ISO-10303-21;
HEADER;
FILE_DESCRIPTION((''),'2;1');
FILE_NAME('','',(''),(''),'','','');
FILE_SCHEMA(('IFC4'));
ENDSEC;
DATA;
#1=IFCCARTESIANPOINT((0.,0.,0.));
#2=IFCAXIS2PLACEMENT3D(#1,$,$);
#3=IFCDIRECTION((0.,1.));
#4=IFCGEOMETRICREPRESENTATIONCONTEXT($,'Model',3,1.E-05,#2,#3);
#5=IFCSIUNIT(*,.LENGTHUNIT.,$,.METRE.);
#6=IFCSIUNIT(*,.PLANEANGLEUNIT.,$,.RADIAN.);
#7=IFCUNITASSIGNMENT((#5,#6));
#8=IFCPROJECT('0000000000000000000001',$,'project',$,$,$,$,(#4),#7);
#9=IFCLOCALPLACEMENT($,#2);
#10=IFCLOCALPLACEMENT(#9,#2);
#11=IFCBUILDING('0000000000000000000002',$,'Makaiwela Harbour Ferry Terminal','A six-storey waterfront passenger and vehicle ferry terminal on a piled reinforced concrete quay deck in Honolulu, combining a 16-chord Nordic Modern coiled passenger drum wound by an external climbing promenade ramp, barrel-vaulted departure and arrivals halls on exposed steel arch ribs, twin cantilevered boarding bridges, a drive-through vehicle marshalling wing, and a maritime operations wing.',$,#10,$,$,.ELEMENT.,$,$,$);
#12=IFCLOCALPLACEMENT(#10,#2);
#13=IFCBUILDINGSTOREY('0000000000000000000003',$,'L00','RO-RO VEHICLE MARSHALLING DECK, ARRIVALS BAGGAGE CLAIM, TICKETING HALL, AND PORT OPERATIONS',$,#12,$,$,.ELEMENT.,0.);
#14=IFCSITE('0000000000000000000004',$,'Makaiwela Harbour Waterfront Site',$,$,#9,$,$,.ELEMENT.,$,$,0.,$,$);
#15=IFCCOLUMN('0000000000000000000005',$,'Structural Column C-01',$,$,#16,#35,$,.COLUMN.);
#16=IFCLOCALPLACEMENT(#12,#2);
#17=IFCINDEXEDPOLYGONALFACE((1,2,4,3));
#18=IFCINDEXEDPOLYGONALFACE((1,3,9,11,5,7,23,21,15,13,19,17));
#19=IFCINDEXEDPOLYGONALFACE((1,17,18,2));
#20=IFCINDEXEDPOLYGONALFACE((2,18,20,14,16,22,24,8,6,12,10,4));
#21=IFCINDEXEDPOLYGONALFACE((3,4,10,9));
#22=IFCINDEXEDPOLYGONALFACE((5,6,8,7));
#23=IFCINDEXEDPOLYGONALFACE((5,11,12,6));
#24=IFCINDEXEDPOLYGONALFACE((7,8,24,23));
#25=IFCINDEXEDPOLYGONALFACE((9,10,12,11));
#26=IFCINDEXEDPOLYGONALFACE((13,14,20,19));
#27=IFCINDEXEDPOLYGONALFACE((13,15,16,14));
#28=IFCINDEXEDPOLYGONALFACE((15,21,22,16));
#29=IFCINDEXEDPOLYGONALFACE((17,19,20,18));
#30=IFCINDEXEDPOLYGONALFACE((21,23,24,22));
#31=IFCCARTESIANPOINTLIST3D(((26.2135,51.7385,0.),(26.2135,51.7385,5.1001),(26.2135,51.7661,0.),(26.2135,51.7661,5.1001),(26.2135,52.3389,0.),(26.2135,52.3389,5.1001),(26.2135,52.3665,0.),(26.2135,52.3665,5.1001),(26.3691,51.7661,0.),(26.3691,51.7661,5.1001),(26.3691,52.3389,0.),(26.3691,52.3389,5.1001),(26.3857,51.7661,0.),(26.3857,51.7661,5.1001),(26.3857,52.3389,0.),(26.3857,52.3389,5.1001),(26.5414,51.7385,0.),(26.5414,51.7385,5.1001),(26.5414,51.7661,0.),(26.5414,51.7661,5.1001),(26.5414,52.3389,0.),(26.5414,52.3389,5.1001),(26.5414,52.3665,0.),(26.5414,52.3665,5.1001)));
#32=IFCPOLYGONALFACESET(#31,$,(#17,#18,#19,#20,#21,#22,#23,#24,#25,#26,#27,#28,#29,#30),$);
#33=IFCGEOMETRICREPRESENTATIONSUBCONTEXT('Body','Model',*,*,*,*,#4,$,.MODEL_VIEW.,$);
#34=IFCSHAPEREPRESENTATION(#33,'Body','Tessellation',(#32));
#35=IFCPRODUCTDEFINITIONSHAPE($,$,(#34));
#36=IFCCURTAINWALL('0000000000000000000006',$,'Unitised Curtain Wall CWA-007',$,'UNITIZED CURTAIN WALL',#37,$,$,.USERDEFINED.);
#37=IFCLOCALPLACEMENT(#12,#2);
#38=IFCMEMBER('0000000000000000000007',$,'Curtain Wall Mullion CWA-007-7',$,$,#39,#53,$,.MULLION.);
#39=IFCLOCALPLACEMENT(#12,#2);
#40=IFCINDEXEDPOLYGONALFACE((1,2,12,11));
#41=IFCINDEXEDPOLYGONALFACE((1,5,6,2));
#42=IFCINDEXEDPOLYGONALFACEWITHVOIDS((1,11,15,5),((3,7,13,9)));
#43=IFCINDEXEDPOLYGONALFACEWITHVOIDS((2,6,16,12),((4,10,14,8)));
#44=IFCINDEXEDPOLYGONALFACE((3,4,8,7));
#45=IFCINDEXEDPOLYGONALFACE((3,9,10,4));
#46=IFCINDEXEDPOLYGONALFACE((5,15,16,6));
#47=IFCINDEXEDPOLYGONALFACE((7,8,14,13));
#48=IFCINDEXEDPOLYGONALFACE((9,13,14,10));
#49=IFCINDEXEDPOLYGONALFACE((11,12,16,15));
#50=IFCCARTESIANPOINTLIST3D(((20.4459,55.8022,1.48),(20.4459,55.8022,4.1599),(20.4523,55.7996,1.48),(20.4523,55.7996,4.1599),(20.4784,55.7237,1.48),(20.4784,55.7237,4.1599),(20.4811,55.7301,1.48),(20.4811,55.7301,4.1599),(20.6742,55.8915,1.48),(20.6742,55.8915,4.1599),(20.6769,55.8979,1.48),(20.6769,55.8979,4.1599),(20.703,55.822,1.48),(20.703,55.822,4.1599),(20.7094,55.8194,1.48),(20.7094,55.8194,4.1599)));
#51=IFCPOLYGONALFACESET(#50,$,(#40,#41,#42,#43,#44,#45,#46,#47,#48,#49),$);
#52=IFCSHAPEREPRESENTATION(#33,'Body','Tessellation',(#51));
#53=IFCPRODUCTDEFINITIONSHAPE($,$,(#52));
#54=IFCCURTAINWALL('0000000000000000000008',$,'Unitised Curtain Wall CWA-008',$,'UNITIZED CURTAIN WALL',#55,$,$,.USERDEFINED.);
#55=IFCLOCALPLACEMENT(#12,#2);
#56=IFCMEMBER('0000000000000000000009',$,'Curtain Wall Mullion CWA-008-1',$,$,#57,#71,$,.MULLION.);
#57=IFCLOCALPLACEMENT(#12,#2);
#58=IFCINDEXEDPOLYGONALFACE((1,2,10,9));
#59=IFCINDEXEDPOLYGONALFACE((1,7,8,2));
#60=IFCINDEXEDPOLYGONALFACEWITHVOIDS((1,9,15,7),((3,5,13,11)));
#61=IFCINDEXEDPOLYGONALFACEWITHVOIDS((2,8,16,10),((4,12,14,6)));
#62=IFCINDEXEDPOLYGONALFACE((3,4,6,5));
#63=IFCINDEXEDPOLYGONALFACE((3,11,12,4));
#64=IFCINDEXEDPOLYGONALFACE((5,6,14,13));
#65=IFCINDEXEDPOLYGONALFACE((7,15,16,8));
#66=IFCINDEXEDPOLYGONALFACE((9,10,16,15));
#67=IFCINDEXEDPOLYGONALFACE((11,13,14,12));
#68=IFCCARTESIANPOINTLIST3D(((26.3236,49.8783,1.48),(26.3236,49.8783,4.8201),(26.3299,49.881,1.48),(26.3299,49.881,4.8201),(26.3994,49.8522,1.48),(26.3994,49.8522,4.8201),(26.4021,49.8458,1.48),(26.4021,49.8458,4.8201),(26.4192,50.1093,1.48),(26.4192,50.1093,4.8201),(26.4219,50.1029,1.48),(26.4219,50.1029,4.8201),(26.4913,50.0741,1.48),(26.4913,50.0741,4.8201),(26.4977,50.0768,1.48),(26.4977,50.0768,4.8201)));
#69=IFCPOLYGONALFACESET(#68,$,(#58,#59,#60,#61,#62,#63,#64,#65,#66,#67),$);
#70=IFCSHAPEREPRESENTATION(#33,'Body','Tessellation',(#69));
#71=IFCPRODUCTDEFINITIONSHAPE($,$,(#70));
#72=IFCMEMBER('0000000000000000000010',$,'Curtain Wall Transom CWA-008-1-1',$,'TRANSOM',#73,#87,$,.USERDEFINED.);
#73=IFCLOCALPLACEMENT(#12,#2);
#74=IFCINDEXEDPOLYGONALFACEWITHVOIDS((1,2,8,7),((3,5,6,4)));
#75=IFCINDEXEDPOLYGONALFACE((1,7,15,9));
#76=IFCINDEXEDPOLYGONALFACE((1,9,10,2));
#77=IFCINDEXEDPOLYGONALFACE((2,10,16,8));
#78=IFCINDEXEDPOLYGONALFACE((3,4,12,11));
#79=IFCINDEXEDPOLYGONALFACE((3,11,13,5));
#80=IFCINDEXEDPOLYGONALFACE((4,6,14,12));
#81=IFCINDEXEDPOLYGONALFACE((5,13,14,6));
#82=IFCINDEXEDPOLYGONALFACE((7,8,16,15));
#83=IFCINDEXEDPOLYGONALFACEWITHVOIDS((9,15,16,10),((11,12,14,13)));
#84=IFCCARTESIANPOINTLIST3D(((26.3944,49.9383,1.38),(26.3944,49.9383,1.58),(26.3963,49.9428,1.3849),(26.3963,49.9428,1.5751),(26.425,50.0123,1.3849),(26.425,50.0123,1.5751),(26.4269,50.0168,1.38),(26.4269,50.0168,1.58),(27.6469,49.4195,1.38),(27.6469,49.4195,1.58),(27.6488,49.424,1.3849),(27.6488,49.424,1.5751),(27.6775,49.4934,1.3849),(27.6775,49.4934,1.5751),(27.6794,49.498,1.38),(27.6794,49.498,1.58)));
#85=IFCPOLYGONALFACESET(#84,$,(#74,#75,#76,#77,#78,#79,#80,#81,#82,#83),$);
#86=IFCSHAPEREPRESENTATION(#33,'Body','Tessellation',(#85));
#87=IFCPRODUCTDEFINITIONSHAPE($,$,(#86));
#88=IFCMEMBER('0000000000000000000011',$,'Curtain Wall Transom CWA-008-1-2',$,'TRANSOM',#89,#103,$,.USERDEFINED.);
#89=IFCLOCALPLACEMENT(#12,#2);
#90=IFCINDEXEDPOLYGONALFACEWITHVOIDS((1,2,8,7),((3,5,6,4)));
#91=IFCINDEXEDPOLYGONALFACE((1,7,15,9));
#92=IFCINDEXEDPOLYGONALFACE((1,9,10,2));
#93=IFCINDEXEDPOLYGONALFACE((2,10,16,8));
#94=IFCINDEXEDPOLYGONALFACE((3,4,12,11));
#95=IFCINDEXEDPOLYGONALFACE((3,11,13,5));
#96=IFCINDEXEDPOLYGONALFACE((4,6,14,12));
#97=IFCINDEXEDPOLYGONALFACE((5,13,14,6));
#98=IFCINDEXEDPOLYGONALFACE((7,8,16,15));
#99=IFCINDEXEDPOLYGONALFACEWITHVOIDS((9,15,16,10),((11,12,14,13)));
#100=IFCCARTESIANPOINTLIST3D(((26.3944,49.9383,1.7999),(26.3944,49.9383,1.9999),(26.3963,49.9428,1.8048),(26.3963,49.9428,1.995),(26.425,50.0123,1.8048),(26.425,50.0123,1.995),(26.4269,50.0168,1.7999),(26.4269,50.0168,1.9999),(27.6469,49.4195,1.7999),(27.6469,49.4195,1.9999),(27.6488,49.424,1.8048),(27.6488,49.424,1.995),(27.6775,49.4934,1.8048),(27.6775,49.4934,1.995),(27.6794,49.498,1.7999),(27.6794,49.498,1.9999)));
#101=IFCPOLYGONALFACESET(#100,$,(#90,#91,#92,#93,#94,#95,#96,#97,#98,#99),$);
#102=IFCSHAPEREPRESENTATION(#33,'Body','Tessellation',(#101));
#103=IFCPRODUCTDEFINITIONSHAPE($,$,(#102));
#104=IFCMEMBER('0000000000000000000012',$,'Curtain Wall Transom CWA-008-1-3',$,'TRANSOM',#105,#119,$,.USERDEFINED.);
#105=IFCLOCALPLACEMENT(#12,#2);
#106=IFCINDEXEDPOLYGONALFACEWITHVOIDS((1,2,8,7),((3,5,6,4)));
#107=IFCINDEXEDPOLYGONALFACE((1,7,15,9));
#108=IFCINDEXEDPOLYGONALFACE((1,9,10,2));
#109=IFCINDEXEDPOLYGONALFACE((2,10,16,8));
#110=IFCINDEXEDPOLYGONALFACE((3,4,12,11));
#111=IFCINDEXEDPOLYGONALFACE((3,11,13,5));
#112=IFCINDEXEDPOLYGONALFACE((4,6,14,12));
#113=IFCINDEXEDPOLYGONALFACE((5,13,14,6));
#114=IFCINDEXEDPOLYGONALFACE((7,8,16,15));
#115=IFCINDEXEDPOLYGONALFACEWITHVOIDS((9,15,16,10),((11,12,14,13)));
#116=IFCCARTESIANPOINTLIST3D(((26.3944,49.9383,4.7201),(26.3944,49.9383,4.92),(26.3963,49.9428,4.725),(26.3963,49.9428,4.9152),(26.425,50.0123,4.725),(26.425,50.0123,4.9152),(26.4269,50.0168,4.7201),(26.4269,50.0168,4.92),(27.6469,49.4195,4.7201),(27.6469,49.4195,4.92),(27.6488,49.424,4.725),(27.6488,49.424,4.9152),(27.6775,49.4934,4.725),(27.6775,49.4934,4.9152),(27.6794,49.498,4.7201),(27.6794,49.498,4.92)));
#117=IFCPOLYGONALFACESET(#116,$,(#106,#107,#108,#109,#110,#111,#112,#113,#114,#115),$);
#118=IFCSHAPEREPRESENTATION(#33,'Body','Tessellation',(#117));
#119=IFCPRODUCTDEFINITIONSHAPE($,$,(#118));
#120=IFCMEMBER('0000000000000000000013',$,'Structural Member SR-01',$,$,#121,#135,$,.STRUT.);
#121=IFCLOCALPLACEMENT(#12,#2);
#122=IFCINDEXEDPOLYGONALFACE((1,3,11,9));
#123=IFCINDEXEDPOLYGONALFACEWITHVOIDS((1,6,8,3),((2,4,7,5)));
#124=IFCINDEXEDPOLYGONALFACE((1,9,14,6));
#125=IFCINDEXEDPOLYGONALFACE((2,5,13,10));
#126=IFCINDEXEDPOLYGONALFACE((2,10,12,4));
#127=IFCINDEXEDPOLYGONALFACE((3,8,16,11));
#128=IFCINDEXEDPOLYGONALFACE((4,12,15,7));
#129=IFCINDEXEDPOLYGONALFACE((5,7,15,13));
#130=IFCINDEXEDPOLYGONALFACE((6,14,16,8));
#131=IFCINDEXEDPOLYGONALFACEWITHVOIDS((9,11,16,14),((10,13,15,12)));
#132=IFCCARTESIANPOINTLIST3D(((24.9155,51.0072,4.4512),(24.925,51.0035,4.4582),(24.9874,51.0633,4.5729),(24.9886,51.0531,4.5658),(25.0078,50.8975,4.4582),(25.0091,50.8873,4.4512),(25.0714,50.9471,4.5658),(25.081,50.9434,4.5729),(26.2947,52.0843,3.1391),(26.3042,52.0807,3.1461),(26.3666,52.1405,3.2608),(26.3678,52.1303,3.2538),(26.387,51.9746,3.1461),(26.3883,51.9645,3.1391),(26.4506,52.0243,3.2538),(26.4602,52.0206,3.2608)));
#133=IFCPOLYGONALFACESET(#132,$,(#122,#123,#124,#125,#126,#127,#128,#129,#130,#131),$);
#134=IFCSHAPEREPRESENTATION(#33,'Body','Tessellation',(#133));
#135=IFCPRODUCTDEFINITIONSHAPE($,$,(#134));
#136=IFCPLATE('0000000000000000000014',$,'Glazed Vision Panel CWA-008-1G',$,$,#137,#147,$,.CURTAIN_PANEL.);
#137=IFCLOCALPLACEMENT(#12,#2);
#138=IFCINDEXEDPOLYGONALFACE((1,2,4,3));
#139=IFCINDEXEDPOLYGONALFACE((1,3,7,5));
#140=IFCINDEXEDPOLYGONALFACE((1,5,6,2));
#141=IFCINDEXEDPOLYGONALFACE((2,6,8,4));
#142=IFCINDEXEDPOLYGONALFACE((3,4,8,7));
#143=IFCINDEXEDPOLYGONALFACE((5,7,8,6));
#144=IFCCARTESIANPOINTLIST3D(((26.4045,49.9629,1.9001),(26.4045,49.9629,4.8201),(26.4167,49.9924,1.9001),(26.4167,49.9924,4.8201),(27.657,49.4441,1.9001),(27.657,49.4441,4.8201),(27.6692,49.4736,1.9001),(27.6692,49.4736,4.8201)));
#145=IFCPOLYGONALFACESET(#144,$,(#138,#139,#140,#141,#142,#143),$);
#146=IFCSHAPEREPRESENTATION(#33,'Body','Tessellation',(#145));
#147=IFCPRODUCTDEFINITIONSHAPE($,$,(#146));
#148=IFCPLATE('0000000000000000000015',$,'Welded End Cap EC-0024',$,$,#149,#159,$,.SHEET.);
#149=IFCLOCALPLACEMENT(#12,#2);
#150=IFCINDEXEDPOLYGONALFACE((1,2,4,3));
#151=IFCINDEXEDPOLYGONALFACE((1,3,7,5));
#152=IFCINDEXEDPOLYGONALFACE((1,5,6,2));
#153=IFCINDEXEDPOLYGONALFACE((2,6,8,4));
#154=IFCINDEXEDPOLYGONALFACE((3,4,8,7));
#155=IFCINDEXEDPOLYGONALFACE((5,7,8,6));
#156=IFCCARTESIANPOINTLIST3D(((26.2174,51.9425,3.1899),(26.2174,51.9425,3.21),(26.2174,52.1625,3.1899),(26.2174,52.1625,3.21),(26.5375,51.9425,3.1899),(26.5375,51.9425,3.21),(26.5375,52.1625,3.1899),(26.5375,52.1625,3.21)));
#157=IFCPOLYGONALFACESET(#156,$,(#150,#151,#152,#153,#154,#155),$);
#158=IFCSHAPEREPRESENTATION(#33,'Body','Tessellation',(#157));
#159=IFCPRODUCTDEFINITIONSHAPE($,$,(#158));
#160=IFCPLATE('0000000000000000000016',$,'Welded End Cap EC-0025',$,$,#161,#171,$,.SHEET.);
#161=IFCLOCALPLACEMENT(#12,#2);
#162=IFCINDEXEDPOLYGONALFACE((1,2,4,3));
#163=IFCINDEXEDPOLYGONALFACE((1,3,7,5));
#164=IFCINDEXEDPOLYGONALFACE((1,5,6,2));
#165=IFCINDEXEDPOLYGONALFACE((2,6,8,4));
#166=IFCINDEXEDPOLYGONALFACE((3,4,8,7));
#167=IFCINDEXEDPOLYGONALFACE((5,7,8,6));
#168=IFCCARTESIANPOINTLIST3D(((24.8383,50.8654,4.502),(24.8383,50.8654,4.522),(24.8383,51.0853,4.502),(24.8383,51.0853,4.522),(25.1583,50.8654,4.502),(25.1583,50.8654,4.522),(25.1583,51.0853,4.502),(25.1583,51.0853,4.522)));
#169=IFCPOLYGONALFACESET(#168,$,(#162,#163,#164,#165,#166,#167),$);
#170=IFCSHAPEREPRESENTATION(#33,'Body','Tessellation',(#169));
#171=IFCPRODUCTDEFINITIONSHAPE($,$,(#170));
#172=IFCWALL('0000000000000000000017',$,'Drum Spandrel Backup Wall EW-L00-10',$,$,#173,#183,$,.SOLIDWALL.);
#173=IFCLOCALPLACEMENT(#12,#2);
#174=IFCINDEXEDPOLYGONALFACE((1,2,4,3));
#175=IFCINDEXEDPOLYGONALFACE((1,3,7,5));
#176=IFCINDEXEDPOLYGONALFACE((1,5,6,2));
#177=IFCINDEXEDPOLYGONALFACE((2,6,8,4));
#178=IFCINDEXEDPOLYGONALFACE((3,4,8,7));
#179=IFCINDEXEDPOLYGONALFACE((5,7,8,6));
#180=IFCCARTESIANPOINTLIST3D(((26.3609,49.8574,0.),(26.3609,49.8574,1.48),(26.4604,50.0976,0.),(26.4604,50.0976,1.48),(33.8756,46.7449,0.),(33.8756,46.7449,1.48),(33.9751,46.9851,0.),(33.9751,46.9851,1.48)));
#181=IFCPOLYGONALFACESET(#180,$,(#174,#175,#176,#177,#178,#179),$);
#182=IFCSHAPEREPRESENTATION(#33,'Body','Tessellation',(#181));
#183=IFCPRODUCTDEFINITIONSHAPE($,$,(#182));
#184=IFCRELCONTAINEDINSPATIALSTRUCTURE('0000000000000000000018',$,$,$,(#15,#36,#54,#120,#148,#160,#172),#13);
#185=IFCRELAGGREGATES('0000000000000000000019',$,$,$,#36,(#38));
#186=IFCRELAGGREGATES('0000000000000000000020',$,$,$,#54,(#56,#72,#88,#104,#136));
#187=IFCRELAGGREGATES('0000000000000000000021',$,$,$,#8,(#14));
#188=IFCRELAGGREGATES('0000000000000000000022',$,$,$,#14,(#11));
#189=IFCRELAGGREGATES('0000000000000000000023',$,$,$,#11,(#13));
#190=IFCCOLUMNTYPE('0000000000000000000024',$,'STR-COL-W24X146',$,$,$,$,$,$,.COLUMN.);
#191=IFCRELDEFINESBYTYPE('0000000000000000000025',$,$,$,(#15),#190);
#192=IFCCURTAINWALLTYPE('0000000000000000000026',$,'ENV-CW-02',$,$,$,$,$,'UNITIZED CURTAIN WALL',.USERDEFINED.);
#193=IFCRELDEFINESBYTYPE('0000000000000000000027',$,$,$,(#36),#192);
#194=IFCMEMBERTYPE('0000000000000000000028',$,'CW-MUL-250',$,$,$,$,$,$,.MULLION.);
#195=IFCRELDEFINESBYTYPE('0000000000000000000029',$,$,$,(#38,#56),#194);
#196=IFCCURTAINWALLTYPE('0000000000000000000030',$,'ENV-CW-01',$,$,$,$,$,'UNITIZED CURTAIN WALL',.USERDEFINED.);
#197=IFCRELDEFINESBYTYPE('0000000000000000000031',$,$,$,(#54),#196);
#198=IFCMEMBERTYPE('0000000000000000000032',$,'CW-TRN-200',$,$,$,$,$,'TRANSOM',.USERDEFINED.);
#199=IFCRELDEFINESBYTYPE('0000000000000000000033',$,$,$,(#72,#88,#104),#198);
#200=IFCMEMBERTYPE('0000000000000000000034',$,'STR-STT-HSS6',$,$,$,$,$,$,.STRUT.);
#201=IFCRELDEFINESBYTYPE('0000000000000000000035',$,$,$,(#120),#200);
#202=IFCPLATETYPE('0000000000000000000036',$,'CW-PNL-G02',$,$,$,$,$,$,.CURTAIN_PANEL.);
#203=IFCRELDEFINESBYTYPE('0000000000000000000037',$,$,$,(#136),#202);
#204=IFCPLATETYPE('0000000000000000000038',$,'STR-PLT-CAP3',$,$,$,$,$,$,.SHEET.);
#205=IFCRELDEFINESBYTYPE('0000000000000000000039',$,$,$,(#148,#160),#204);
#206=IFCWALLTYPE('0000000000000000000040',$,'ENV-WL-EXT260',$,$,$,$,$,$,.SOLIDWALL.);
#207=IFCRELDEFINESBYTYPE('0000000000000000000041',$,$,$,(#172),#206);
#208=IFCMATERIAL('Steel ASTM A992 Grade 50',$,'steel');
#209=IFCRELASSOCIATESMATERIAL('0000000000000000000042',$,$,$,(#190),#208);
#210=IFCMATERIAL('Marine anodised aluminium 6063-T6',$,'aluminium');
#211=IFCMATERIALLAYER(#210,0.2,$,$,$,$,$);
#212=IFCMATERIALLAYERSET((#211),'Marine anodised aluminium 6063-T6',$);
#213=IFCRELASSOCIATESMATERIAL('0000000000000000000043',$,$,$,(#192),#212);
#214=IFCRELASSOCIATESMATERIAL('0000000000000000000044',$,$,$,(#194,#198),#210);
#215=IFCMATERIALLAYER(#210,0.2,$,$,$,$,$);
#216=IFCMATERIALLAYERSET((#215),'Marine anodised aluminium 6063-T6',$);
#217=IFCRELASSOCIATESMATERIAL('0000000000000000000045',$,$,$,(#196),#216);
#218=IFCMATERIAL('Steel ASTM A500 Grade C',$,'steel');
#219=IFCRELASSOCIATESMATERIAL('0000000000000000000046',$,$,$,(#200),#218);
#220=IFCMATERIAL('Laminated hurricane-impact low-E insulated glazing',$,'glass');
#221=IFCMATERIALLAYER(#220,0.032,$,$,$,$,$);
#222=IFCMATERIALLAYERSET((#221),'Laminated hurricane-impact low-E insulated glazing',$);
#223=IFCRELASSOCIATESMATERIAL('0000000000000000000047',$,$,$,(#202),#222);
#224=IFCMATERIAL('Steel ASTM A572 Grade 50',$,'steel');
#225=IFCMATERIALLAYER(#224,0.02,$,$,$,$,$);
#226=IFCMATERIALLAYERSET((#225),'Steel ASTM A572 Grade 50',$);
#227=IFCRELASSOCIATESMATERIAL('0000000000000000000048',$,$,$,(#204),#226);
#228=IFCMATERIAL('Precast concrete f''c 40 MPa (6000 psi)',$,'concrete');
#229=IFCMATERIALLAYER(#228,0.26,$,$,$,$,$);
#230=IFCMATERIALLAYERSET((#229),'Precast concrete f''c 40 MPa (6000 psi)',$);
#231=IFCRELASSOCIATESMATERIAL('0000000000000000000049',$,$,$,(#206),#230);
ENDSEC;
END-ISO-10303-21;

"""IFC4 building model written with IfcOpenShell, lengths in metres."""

from ifc_helpers import new_model, si_unit, direction, frame, frame_2d, origin, origin_2d, place, context, subcontext, project, spatial, rectangle, hollow_rectangle, i_section, extrude, material, layer, layer_set, material_profile, profile_set, type_object, element, aggregate, save


model = new_model("IFC4")

# Units and contexts
model_context = context("Model", 3, precision=1e-05, world=origin(), true_north=direction((0.0, 1.0)))
body_context = subcontext(model_context, "Body", "Model", "MODEL_VIEW")
ifc_project = project(units=[si_unit("LENGTHUNIT", "METRE"), si_unit("PLANEANGLEUNIT", "RADIAN")], contexts=[model_context])

# Site, building, storey
site_placement = place(None, origin())
site = spatial("IfcSite", under=ifc_project, at=site_placement, Name="Makaiwela Harbour Waterfront Site", CompositionType="ELEMENT", RefElevation=0.0)
building_placement = place(site_placement, origin())
building = spatial("IfcBuilding", under=site, at=building_placement, Name="Makaiwela Harbour Ferry Terminal", Description="A six-storey waterfront passenger and vehicle ferry terminal on a piled reinforced concrete quay deck in Honolulu, combining a 16-chord Nordic Modern coiled passenger drum wound by an external climbing promenade ramp, barrel-vaulted departure and arrivals halls on exposed steel arch ribs, twin cantilevered boarding bridges, a drive-through vehicle marshalling wing, and a maritime operations wing.", CompositionType="ELEMENT")
storey_placement = place(building_placement, origin())
storey = spatial("IfcBuildingStorey", under=building, at=storey_placement, Name="L00", Description="RO-RO VEHICLE MARSHALLING DECK, ARRIVALS BAGGAGE CLAIM, TICKETING HALL, AND PORT OPERATIONS", CompositionType="ELEMENT", Elevation=0.0)

# Column
ifc_material_1 = material(Name="Steel ASTM A992 Grade 50", Category="steel")
ifc_material_profile_1 = material_profile(ifc_material_1, i_section(OverallWidth=0.3279, OverallDepth=0.6279, WebThickness=0.0166, FlangeThickness=0.0276, at=origin_2d()), Name="W24X146")
ifc_profile_set_1 = profile_set([ifc_material_profile_1], Name="Steel ASTM A992 Grade 50")
column_type = type_object("IfcColumnType", Name="STR-COL-W24X146", PredefinedType="COLUMN", material=ifc_profile_set_1)
column_placement = place(storey_placement, frame((26.3774, 52.0525, 0.0), z_axis=(0.0, 0.0, 1.0), x_axis=(1.0, 0.0, 0.0)))
element("IfcColumn", 1, at=column_placement, inside=storey, type_object=column_type, Name="Structural Column C-01", PredefinedType="COLUMN", context=body_context, shape_type="SweptSolid", body=[
    extrude(i_section(OverallWidth=0.3279, OverallDepth=0.6279, WebThickness=0.0166, FlangeThickness=0.0276, at=origin_2d()), origin(), (0.0, 0.0, 1.0), 5.1001),
])

# Curtain wall, member
ifc_material_2 = material(Name="Marine anodised aluminium 6063-T6", Category="aluminium")
ifc_layer_1 = layer(ifc_material_2, 0.2)
ifc_layer_set_1 = layer_set([ifc_layer_1], Name="Marine anodised aluminium 6063-T6")
curtain_wall_type_1 = type_object("IfcCurtainWallType", Name="ENV-CW-02", ElementType="UNITIZED CURTAIN WALL", PredefinedType="USERDEFINED", material=ifc_layer_set_1)
curtain_wall_1_placement = place(storey_placement, origin())
curtain_wall_1 = element("IfcCurtainWall", 2, at=curtain_wall_1_placement, inside=storey, type_object=curtain_wall_type_1, Name="Unitised Curtain Wall CWA-007", ObjectType="UNITIZED CURTAIN WALL", PredefinedType="USERDEFINED")
ifc_material_profile_2 = material_profile(ifc_material_2, hollow_rectangle(XDim=0.085, YDim=0.25, WallThickness=0.0049, at=origin_2d()), Name="CWM-250X85")
ifc_profile_set_2 = profile_set([ifc_material_profile_2], Name="Marine anodised aluminium 6063-T6")
member_type_1 = type_object("IfcMemberType", Name="CW-MUL-250", PredefinedType="MULLION", material=ifc_profile_set_2)
member_1_placement = place(storey_placement, frame((20.5776, 55.8108, 1.48), z_axis=(0.0, 0.0, 1.0), x_axis=(-0.382683, 0.92388, 0.0)))
member_1 = element("IfcMember", 3, at=member_1_placement, type_object=member_type_1, Name="Curtain Wall Mullion CWA-007-7", PredefinedType="MULLION", context=body_context, shape_type="SweptSolid", body=[
    extrude(hollow_rectangle(XDim=0.085, YDim=0.25, WallThickness=0.0049, at=origin_2d()), origin(), (0.0, 0.0, 1.0), 2.6799),
])
aggregate(curtain_wall_1, [member_1])

# Curtain wall, members
ifc_layer_2 = layer(ifc_material_2, 0.2)
ifc_layer_set_2 = layer_set([ifc_layer_2], Name="Marine anodised aluminium 6063-T6")
curtain_wall_type_2 = type_object("IfcCurtainWallType", Name="ENV-CW-01", ElementType="UNITIZED CURTAIN WALL", PredefinedType="USERDEFINED", material=ifc_layer_set_2)
curtain_wall_2_placement = place(storey_placement, origin())
curtain_wall_2 = element("IfcCurtainWall", 4, at=curtain_wall_2_placement, inside=storey, type_object=curtain_wall_type_2, Name="Unitised Curtain Wall CWA-008", ObjectType="UNITIZED CURTAIN WALL", PredefinedType="USERDEFINED")
member_2_placement = place(storey_placement, frame((26.4106, 49.9775, 1.48), z_axis=(0.0, 0.0, 1.0), x_axis=(-0.92388, 0.382683, 0.0)))
member_2 = element("IfcMember", 5, at=member_2_placement, type_object=member_type_1, Name="Curtain Wall Mullion CWA-008-1", PredefinedType="MULLION", context=body_context, shape_type="SweptSolid", body=[
    extrude(hollow_rectangle(XDim=0.085, YDim=0.25, WallThickness=0.0049, at=origin_2d()), origin(), (0.0, 0.0, 1.0), 3.3401),
])
ifc_material_profile_3 = material_profile(ifc_material_2, hollow_rectangle(XDim=0.085, YDim=0.2, WallThickness=0.0049, at=origin_2d()), Name="CWT-200X85")
ifc_profile_set_3 = profile_set([ifc_material_profile_3], Name="Marine anodised aluminium 6063-T6")
member_type_2 = type_object("IfcMemberType", Name="CW-TRN-200", ElementType="TRANSOM", PredefinedType="USERDEFINED", material=ifc_profile_set_3)
member_3_placement = place(storey_placement, frame((26.4106, 49.9775, 1.48), z_axis=(0.923874, -0.382696, 0.0), x_axis=(0.382696, 0.923874, 0.0)))
member_3 = element("IfcMember", 6, at=member_3_placement, type_object=member_type_2, Name="Curtain Wall Transom CWA-008-1-1", ObjectType="TRANSOM", PredefinedType="USERDEFINED", context=body_context, shape_type="SweptSolid", body=[
    extrude(hollow_rectangle(XDim=0.085, YDim=0.2, WallThickness=0.0049, at=origin_2d()), origin(), (0.0, 0.0, 1.0), 1.3557),
])
member_4_placement = place(storey_placement, frame((26.4106, 49.9775, 1.8999), z_axis=(0.923874, -0.382696, 0.0), x_axis=(0.382696, 0.923874, 0.0)))
member_4 = element("IfcMember", 7, at=member_4_placement, type_object=member_type_2, Name="Curtain Wall Transom CWA-008-1-2", ObjectType="TRANSOM", PredefinedType="USERDEFINED", context=body_context, shape_type="SweptSolid", body=[
    extrude(hollow_rectangle(XDim=0.085, YDim=0.2, WallThickness=0.0049, at=origin_2d()), origin(), (0.0, 0.0, 1.0), 1.3557),
])
member_5_placement = place(storey_placement, frame((26.4106, 49.9775, 4.8201), z_axis=(0.923874, -0.382696, 0.0), x_axis=(0.382696, 0.923874, 0.0)))
member_5 = element("IfcMember", 8, at=member_5_placement, type_object=member_type_2, Name="Curtain Wall Transom CWA-008-1-3", ObjectType="TRANSOM", PredefinedType="USERDEFINED", context=body_context, shape_type="SweptSolid", body=[
    extrude(hollow_rectangle(XDim=0.085, YDim=0.2, WallThickness=0.0049, at=origin_2d()), origin(), (0.0, 0.0, 1.0), 1.3557),
])

# Member
ifc_material_3 = material(Name="Steel ASTM A500 Grade C", Category="steel")
ifc_material_profile_4 = material_profile(ifc_material_3, hollow_rectangle(XDim=0.1521, YDim=0.1521, WallThickness=0.0088, at=origin_2d()), Name="HSS6X6X3/8")
ifc_profile_set_4 = profile_set([ifc_material_profile_4], Name="Steel ASTM A500 Grade C")
member_type_3 = type_object("IfcMemberType", Name="STR-STT-HSS6", PredefinedType="STRUT", material=ifc_profile_set_4)
member_6_placement = place(storey_placement, frame((26.3774, 52.0525, 3.2), z_axis=(-0.630566, -0.492487, 0.599869), x_axis=(0.615533, -0.788111, 0.0)))
element("IfcMember", 9, at=member_6_placement, inside=storey, type_object=member_type_3, Name="Structural Member SR-01", PredefinedType="STRUT", context=body_context, shape_type="SweptSolid", body=[
    extrude(hollow_rectangle(XDim=0.1521, YDim=0.1521, WallThickness=0.0088, at=origin_2d()), origin(), (0.0, 0.0, 1.0), 2.1873),
])

# Plate
ifc_material_4 = material(Name="Laminated hurricane-impact low-E insulated glazing", Category="glass")
ifc_layer_3 = layer(ifc_material_4, 0.032)
ifc_layer_set_3 = layer_set([ifc_layer_3], Name="Laminated hurricane-impact low-E insulated glazing")
plate_type_1 = type_object("IfcPlateType", Name="CW-PNL-G02", PredefinedType="CURTAIN_PANEL", material=ifc_layer_set_3)
plate_placement = place(storey_placement, frame((27.0369, 49.7183, 1.9001), z_axis=(0.0, 0.0, 1.0), x_axis=(0.92388, -0.382683, 0.0)))
plate = element("IfcPlate", 10, at=plate_placement, type_object=plate_type_1, Name="Glazed Vision Panel CWA-008-1G", PredefinedType="CURTAIN_PANEL", context=body_context, shape_type="SweptSolid", body=[
    extrude(rectangle(XDim=1.3557, YDim=0.032, at=origin_2d()), origin(), (0.0, 0.0, 1.0), 2.9199),
])
aggregate(curtain_wall_2, [member_2, member_3, member_4, member_5, plate])

# Plates
ifc_material_5 = material(Name="Steel ASTM A572 Grade 50", Category="steel")
ifc_layer_4 = layer(ifc_material_5, 0.02)
ifc_layer_set_4 = layer_set([ifc_layer_4], Name="Steel ASTM A572 Grade 50")
plate_type_2 = type_object("IfcPlateType", Name="STR-PLT-CAP3", PredefinedType="SHEET", material=ifc_layer_set_4)
for number, where, z_axis, x_axis, name in (
    (11, (26.3774, 52.0525, 3.1899), (0.0, 0.0, 1.0), (1.0, 0.0, 0.0), "Welded End Cap EC-0024"),
    (12, (24.9983, 50.9753, 4.502), (0.0, 0.0, 1.0), (1.0, 0.0, 0.0), "Welded End Cap EC-0025"),
):
    element("IfcPlate", number, at=place(storey_placement, frame(where, z_axis=z_axis, x_axis=x_axis)), inside=storey, type_object=plate_type_2, Name=name, PredefinedType="SHEET", context=body_context, shape_type="SweptSolid", body=[
        extrude(rectangle(XDim=0.3201, YDim=0.22, at=origin_2d()), origin(), (0.0, 0.0, 1.0), 0.02),
    ])

# Shared definitions
ifc_material_6 = material(Name="Precast concrete f'c 40 MPa (6000 psi)", Category="concrete")
ifc_layer_5 = layer(ifc_material_6, 0.26)
ifc_layer_set_5 = layer_set([ifc_layer_5], Name="Precast concrete f'c 40 MPa (6000 psi)")
wall_type_1 = type_object("IfcWallType", Name="ENV-WL-EXT260", PredefinedType="SOLIDWALL", material=ifc_layer_set_5)

# Wall
wall_1_placement = place(storey_placement, frame((26.4106, 49.9775, 0.0), z_axis=(0.0, 0.0, 1.0), x_axis=(0.923885, -0.382671, 0.0)))
element("IfcWall", 13, at=wall_1_placement, inside=storey, type_object=wall_type_1, Name="Drum Spandrel Backup Wall EW-L00-10", PredefinedType="SOLIDWALL", context=body_context, shape_type="SweptSolid", body=[
    extrude(rectangle(XDim=8.1338, YDim=0.26, at=frame_2d((4.0669, 0.0))), origin(), (0.0, 0.0, 1.0), 1.48),
])

save(model, "model.ifc")
